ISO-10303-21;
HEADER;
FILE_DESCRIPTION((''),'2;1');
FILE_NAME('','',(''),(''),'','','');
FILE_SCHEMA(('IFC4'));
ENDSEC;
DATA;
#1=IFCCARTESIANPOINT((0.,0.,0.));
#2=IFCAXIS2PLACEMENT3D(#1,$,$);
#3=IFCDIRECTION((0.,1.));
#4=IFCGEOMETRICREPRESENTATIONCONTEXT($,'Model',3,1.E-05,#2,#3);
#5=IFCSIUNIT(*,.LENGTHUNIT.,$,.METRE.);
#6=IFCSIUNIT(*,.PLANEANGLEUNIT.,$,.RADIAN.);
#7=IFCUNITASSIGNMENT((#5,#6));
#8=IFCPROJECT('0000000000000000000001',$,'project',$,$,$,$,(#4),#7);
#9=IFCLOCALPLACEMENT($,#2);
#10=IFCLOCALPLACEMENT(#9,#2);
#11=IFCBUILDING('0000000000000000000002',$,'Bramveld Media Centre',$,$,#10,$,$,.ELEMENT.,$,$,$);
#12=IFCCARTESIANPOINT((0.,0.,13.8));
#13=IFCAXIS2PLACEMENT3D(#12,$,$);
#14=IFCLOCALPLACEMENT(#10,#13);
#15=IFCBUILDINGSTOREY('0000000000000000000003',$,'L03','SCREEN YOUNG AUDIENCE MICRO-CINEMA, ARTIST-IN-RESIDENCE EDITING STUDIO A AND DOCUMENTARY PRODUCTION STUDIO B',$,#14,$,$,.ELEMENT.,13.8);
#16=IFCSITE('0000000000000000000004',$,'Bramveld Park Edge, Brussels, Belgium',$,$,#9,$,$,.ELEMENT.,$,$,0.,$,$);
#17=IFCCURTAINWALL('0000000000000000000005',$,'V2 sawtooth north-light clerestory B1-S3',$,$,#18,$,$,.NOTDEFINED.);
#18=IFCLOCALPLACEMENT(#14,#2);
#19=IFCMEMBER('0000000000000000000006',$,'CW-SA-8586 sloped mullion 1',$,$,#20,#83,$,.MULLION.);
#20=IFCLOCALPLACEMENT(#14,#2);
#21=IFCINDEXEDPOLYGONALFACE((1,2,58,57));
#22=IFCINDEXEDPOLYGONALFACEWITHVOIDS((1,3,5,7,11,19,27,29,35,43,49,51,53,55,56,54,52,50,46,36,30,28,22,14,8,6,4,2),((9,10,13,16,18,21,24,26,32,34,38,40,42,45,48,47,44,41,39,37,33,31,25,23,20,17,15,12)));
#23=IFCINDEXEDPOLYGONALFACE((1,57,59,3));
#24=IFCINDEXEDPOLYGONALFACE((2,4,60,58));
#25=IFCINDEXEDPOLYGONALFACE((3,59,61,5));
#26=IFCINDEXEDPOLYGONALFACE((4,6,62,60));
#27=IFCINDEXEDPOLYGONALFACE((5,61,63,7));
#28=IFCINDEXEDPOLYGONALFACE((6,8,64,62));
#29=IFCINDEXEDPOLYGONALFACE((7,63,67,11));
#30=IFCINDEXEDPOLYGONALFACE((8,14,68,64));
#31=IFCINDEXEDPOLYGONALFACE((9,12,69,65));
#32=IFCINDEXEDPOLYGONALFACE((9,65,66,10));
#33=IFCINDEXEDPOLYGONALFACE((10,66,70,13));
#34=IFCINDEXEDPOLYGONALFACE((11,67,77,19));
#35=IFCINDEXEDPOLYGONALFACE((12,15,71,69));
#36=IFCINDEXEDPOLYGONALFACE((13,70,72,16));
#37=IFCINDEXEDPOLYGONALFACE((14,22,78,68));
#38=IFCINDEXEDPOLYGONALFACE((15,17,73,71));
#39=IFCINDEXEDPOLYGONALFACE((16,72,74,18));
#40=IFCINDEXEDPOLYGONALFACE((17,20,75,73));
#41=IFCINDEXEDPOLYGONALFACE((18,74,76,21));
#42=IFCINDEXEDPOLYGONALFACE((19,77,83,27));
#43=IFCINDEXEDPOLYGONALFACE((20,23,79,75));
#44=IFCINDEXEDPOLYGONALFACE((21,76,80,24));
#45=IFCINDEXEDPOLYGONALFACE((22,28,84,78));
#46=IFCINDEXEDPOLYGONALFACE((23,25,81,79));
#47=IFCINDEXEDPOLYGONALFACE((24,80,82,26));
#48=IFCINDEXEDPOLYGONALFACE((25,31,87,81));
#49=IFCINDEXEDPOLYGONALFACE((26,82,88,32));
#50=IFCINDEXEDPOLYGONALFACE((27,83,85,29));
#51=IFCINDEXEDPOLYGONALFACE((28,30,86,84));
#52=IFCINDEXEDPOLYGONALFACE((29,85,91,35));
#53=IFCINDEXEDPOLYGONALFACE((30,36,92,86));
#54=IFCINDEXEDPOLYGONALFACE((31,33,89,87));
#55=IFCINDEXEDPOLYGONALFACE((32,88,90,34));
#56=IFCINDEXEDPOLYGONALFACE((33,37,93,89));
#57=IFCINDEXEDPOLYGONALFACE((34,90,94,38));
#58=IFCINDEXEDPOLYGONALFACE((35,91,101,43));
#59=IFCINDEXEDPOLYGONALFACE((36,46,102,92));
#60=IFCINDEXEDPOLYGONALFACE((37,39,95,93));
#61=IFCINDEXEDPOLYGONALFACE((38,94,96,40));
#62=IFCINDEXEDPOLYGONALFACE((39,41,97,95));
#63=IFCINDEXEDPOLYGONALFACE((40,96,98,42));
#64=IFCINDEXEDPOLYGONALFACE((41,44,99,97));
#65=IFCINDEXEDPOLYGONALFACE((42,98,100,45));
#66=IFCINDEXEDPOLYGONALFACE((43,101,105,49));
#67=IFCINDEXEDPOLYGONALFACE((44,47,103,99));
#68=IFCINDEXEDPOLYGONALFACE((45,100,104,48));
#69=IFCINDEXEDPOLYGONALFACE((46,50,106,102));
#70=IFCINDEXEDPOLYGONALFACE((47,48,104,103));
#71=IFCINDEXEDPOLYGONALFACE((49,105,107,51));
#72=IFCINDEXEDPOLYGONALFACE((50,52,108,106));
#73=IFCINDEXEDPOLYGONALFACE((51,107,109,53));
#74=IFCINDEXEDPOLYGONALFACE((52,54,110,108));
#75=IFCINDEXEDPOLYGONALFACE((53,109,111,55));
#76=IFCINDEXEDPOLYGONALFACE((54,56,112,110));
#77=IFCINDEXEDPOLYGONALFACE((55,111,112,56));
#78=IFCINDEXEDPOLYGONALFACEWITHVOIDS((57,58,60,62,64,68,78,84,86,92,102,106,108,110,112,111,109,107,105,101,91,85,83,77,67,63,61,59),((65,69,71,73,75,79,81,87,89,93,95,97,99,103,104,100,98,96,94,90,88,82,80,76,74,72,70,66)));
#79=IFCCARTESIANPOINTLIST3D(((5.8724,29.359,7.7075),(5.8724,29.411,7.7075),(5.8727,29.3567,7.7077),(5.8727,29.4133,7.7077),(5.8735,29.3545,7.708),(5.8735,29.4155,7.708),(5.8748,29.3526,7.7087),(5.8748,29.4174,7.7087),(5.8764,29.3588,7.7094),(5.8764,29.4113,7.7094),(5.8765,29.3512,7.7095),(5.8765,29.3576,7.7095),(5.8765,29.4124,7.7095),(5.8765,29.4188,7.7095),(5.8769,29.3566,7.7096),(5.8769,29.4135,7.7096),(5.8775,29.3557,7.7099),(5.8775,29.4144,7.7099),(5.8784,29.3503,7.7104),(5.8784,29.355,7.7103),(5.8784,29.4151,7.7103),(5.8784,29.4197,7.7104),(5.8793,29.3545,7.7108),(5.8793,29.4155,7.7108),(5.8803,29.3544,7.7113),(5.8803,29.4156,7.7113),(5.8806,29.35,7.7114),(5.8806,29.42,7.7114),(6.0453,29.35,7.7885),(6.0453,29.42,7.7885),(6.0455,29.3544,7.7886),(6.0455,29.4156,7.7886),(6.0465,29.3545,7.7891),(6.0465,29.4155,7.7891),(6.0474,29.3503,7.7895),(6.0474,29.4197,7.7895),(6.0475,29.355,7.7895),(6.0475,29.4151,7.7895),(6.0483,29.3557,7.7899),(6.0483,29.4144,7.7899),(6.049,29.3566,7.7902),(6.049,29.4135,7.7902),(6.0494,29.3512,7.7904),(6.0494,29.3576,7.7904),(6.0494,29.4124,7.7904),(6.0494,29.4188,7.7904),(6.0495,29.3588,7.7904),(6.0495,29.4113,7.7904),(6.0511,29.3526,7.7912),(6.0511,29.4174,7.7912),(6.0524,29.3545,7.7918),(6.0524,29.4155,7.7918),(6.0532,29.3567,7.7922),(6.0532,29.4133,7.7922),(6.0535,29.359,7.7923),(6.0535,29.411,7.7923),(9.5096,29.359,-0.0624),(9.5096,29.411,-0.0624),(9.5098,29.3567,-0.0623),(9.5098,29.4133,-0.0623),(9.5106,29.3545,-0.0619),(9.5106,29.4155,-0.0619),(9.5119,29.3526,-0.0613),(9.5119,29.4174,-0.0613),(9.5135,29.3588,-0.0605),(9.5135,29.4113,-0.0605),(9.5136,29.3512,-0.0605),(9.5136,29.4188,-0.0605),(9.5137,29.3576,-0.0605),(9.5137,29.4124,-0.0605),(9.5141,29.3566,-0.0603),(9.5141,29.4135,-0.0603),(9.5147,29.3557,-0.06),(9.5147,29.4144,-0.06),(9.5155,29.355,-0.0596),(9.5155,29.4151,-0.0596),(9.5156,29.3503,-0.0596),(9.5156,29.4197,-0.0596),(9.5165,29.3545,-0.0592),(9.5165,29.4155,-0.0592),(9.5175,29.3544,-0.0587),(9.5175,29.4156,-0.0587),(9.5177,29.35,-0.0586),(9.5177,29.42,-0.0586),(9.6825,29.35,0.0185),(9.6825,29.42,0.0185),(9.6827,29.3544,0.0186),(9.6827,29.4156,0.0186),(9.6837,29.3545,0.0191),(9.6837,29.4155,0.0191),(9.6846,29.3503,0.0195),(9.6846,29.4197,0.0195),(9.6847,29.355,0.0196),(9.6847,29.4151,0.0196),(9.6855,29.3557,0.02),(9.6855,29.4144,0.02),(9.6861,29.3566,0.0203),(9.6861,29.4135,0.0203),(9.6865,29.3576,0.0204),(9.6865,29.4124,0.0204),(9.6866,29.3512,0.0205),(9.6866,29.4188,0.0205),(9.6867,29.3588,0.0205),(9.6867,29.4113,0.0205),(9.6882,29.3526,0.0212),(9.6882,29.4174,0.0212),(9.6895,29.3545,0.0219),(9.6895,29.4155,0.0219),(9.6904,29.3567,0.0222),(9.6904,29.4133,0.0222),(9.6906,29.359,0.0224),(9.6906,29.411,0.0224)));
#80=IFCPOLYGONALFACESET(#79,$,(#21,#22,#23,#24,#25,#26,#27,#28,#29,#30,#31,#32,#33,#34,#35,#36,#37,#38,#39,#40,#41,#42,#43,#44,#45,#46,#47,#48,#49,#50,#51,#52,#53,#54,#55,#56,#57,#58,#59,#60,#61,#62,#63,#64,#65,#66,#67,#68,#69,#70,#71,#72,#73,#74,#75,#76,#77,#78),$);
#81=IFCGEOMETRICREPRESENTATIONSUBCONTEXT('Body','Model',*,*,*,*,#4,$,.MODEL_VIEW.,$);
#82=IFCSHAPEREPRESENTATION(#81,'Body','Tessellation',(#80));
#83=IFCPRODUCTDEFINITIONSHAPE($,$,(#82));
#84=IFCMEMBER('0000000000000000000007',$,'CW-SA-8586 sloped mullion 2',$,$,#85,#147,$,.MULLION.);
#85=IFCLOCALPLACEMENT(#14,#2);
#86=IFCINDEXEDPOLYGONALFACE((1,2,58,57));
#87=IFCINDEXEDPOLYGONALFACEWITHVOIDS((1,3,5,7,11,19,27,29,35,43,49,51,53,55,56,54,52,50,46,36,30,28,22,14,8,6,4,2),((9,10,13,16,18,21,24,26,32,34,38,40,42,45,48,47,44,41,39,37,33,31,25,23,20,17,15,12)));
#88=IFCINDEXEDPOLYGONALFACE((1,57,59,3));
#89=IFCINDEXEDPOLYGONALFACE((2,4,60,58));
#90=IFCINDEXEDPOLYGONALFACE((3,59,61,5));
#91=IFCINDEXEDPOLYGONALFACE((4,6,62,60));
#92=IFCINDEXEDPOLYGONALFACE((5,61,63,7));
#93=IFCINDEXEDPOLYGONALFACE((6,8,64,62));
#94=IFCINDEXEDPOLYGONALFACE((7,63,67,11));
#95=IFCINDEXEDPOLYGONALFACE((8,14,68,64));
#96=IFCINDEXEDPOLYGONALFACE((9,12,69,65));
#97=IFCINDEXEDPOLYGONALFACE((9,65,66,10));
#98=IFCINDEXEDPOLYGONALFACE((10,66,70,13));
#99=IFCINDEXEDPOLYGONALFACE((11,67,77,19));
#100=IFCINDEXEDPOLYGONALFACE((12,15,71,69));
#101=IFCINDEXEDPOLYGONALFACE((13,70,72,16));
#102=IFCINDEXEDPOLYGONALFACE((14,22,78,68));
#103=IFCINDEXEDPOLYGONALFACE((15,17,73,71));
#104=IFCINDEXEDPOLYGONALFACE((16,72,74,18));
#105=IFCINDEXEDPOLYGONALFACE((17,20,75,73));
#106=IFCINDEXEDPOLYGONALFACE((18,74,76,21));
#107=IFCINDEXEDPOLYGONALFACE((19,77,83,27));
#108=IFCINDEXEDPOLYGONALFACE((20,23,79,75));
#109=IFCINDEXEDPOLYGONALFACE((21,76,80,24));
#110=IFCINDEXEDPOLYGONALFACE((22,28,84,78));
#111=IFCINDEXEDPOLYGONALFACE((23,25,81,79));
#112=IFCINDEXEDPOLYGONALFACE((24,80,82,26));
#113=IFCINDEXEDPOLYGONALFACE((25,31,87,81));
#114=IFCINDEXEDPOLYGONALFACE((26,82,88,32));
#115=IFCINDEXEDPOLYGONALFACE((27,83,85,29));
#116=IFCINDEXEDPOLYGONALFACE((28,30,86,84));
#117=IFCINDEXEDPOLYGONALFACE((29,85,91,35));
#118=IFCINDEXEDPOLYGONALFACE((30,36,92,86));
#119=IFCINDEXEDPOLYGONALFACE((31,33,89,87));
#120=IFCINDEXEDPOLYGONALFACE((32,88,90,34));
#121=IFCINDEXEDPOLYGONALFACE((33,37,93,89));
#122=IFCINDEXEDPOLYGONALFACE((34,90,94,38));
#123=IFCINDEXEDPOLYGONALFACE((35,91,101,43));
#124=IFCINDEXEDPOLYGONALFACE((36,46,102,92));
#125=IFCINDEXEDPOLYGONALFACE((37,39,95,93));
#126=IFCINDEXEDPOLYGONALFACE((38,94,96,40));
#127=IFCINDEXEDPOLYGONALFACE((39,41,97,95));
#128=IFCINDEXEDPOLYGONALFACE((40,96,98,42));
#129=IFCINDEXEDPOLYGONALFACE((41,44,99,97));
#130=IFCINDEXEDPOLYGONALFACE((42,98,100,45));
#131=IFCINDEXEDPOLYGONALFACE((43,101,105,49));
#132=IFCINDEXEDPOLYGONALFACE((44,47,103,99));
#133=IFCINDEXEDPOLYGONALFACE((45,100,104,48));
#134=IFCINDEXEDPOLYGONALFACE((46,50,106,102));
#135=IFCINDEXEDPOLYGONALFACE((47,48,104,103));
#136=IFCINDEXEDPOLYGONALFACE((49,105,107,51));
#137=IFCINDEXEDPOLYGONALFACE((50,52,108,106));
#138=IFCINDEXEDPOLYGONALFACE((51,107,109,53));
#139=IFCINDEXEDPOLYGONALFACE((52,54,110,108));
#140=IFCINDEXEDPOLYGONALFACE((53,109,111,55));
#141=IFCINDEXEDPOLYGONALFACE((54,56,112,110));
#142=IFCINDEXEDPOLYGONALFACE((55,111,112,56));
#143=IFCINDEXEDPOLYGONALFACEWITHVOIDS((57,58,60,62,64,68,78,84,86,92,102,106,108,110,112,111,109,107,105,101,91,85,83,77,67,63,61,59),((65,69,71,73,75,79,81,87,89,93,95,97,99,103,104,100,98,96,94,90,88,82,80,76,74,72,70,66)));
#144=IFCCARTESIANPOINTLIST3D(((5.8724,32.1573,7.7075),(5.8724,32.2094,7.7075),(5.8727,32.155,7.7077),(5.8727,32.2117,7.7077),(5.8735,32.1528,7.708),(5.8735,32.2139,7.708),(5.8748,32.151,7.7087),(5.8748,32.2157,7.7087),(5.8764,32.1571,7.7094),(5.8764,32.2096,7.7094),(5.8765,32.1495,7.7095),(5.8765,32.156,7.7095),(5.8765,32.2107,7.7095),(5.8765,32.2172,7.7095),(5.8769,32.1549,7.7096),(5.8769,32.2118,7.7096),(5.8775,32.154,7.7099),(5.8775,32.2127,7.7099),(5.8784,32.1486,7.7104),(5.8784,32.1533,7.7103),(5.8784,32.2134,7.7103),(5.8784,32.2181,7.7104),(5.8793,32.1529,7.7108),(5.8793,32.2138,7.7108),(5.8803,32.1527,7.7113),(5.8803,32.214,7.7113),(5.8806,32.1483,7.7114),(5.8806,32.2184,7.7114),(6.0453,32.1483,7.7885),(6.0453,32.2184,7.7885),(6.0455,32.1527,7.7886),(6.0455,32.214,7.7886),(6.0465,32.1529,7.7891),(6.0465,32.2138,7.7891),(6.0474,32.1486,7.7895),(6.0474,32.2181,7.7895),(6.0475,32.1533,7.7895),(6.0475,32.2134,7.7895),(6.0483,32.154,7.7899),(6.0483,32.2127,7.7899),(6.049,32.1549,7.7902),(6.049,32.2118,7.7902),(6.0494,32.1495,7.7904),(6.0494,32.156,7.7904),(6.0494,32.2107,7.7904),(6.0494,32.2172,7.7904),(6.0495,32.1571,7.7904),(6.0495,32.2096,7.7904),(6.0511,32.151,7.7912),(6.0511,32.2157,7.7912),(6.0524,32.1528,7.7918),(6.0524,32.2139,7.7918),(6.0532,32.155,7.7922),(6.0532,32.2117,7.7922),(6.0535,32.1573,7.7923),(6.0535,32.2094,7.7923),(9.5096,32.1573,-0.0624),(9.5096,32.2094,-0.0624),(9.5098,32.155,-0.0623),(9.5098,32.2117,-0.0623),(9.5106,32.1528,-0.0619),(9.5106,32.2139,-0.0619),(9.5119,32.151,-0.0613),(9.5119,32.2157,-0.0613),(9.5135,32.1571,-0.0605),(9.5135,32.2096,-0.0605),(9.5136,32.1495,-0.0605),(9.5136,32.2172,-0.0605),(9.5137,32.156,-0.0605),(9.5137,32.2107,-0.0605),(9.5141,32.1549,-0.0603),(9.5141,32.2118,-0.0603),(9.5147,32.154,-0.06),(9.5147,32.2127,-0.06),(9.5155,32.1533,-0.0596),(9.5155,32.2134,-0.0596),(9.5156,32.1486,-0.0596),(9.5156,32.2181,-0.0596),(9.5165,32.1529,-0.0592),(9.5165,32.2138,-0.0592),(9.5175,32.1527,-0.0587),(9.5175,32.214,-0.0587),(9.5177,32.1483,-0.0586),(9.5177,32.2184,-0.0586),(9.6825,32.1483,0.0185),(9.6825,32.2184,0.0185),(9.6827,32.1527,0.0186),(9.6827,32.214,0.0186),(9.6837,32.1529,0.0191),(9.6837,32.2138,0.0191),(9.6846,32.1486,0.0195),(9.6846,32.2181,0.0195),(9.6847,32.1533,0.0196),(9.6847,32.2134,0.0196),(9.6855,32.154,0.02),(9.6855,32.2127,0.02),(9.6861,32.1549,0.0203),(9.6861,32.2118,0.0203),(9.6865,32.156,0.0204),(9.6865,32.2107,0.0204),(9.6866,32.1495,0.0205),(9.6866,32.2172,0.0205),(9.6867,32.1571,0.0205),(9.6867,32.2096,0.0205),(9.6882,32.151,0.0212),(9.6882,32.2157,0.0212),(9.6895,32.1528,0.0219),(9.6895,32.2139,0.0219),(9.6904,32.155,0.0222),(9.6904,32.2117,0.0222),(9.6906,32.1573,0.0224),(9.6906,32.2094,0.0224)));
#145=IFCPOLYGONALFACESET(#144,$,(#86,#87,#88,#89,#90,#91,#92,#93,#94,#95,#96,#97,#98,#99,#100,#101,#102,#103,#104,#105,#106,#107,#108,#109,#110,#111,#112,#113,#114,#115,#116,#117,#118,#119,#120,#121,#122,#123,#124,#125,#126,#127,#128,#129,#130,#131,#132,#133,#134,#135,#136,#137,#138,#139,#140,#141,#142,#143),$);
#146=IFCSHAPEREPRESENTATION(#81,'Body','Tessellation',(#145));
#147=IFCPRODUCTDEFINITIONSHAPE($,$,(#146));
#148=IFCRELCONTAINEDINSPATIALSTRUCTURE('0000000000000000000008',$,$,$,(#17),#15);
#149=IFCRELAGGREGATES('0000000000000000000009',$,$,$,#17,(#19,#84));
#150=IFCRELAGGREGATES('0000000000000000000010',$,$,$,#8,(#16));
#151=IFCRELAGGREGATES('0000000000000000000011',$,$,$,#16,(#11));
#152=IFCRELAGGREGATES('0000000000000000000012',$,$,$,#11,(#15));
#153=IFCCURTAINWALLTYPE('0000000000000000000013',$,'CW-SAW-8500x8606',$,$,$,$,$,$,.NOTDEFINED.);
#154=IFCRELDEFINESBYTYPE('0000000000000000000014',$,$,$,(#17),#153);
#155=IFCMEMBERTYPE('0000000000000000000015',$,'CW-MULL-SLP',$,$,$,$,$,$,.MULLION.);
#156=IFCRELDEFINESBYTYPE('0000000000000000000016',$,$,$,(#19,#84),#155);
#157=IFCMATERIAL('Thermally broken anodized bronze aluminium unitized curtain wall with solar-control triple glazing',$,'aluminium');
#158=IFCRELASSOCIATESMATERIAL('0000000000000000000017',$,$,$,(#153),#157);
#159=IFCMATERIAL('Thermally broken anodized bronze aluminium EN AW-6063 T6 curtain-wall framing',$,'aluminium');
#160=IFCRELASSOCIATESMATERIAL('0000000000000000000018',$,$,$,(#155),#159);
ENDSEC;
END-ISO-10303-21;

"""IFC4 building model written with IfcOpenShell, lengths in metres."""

from ifc_helpers import new_model, si_unit, direction, frame, origin, origin_2d, place, context, subcontext, project, spatial, hollow_rectangle, extrude, material, material_profile, profile_set, type_object, element, aggregate, save


model = new_model("IFC4")

# Units and contexts
model_context = context("Model", 3, precision=1e-05, world=origin(), true_north=direction((0.0, 1.0)))
body_context = subcontext(model_context, "Body", "Model", "MODEL_VIEW")
ifc_project = project(units=[si_unit("LENGTHUNIT", "METRE"), si_unit("PLANEANGLEUNIT", "RADIAN")], contexts=[model_context])

# Site, building, storey
site_placement = place(None, origin())
site = spatial("IfcSite", under=ifc_project, at=site_placement, Name="Bramveld Park Edge, Brussels, Belgium", CompositionType="ELEMENT", RefElevation=0.0)
building_placement = place(site_placement, origin())
building = spatial("IfcBuilding", under=site, at=building_placement, Name="Bramveld Media Centre", CompositionType="ELEMENT")
storey_placement = place(building_placement, frame((0.0, 0.0, 13.8)))
storey = spatial("IfcBuildingStorey", under=building, at=storey_placement, Name="L03", Description="SCREEN YOUNG AUDIENCE MICRO-CINEMA, ARTIST-IN-RESIDENCE EDITING STUDIO A AND DOCUMENTARY PRODUCTION STUDIO B", CompositionType="ELEMENT", Elevation=13.8)

# Curtain wall, members
ifc_material_1 = material(Name="Thermally broken anodized bronze aluminium unitized curtain wall with solar-control triple glazing", Category="aluminium")
curtain_wall_type = type_object("IfcCurtainWallType", Name="CW-SAW-8500x8606", PredefinedType="NOTDEFINED", material=ifc_material_1)
curtain_wall_1_placement = place(storey_placement, origin())
curtain_wall_1 = element("IfcCurtainWall", 1, at=curtain_wall_1_placement, inside=storey, type_object=curtain_wall_type, Name="V2 sawtooth north-light clerestory B1-S3", PredefinedType="NOTDEFINED")
ifc_material_2 = material(Name="Thermally broken anodized bronze aluminium EN AW-6063 T6 curtain-wall framing", Category="aluminium")
ifc_material_profile_1 = material_profile(ifc_material_2, hollow_rectangle(XDim=0.0701, YDim=0.2, WallThickness=0.0044, InnerFilletRadius=0.0044, OuterFilletRadius=0.009, at=origin_2d()), Name="AL-MULL 70x200")
ifc_profile_set_1 = profile_set([ifc_material_profile_1], Name="Thermally broken anodized bronze aluminium EN AW-6063 T6 curtain-wall framing")
member_type_1 = type_object("IfcMemberType", Name="CW-MULL-SLP", PredefinedType="MULLION", material=ifc_profile_set_1)
member_1_placement = place(storey_placement, frame((9.6001, 29.385, -0.02), z_axis=(-0.423957, 0.0, 0.905682), x_axis=(0.0, -1.0, 0.0)))
member_1 = element("IfcMember", 2, at=member_1_placement, type_object=member_type_1, Name="CW-SA-8586 sloped mullion 1", PredefinedType="MULLION", context=body_context, shape_type="SweptSolid", body=[
    extrude(hollow_rectangle(XDim=0.0701, YDim=0.2, WallThickness=0.0044, InnerFilletRadius=0.0044, OuterFilletRadius=0.009, at=origin_2d()), origin(), (0.0, 0.0, 1.0), 8.5791),
])
member_2_placement = place(storey_placement, frame((9.6001, 32.1833, -0.02), z_axis=(-0.423957, 0.0, 0.905682), x_axis=(0.0, -1.0, 0.0)))
member_2 = element("IfcMember", 3, at=member_2_placement, type_object=member_type_1, Name="CW-SA-8586 sloped mullion 2", PredefinedType="MULLION", context=body_context, shape_type="SweptSolid", body=[
    extrude(hollow_rectangle(XDim=0.0701, YDim=0.2, WallThickness=0.0044, InnerFilletRadius=0.0044, OuterFilletRadius=0.009, at=origin_2d()), origin(), (0.0, 0.0, 1.0), 8.5791),
])

aggregate(curtain_wall_1, [member_1, member_2])

save(model, "model.ifc")
